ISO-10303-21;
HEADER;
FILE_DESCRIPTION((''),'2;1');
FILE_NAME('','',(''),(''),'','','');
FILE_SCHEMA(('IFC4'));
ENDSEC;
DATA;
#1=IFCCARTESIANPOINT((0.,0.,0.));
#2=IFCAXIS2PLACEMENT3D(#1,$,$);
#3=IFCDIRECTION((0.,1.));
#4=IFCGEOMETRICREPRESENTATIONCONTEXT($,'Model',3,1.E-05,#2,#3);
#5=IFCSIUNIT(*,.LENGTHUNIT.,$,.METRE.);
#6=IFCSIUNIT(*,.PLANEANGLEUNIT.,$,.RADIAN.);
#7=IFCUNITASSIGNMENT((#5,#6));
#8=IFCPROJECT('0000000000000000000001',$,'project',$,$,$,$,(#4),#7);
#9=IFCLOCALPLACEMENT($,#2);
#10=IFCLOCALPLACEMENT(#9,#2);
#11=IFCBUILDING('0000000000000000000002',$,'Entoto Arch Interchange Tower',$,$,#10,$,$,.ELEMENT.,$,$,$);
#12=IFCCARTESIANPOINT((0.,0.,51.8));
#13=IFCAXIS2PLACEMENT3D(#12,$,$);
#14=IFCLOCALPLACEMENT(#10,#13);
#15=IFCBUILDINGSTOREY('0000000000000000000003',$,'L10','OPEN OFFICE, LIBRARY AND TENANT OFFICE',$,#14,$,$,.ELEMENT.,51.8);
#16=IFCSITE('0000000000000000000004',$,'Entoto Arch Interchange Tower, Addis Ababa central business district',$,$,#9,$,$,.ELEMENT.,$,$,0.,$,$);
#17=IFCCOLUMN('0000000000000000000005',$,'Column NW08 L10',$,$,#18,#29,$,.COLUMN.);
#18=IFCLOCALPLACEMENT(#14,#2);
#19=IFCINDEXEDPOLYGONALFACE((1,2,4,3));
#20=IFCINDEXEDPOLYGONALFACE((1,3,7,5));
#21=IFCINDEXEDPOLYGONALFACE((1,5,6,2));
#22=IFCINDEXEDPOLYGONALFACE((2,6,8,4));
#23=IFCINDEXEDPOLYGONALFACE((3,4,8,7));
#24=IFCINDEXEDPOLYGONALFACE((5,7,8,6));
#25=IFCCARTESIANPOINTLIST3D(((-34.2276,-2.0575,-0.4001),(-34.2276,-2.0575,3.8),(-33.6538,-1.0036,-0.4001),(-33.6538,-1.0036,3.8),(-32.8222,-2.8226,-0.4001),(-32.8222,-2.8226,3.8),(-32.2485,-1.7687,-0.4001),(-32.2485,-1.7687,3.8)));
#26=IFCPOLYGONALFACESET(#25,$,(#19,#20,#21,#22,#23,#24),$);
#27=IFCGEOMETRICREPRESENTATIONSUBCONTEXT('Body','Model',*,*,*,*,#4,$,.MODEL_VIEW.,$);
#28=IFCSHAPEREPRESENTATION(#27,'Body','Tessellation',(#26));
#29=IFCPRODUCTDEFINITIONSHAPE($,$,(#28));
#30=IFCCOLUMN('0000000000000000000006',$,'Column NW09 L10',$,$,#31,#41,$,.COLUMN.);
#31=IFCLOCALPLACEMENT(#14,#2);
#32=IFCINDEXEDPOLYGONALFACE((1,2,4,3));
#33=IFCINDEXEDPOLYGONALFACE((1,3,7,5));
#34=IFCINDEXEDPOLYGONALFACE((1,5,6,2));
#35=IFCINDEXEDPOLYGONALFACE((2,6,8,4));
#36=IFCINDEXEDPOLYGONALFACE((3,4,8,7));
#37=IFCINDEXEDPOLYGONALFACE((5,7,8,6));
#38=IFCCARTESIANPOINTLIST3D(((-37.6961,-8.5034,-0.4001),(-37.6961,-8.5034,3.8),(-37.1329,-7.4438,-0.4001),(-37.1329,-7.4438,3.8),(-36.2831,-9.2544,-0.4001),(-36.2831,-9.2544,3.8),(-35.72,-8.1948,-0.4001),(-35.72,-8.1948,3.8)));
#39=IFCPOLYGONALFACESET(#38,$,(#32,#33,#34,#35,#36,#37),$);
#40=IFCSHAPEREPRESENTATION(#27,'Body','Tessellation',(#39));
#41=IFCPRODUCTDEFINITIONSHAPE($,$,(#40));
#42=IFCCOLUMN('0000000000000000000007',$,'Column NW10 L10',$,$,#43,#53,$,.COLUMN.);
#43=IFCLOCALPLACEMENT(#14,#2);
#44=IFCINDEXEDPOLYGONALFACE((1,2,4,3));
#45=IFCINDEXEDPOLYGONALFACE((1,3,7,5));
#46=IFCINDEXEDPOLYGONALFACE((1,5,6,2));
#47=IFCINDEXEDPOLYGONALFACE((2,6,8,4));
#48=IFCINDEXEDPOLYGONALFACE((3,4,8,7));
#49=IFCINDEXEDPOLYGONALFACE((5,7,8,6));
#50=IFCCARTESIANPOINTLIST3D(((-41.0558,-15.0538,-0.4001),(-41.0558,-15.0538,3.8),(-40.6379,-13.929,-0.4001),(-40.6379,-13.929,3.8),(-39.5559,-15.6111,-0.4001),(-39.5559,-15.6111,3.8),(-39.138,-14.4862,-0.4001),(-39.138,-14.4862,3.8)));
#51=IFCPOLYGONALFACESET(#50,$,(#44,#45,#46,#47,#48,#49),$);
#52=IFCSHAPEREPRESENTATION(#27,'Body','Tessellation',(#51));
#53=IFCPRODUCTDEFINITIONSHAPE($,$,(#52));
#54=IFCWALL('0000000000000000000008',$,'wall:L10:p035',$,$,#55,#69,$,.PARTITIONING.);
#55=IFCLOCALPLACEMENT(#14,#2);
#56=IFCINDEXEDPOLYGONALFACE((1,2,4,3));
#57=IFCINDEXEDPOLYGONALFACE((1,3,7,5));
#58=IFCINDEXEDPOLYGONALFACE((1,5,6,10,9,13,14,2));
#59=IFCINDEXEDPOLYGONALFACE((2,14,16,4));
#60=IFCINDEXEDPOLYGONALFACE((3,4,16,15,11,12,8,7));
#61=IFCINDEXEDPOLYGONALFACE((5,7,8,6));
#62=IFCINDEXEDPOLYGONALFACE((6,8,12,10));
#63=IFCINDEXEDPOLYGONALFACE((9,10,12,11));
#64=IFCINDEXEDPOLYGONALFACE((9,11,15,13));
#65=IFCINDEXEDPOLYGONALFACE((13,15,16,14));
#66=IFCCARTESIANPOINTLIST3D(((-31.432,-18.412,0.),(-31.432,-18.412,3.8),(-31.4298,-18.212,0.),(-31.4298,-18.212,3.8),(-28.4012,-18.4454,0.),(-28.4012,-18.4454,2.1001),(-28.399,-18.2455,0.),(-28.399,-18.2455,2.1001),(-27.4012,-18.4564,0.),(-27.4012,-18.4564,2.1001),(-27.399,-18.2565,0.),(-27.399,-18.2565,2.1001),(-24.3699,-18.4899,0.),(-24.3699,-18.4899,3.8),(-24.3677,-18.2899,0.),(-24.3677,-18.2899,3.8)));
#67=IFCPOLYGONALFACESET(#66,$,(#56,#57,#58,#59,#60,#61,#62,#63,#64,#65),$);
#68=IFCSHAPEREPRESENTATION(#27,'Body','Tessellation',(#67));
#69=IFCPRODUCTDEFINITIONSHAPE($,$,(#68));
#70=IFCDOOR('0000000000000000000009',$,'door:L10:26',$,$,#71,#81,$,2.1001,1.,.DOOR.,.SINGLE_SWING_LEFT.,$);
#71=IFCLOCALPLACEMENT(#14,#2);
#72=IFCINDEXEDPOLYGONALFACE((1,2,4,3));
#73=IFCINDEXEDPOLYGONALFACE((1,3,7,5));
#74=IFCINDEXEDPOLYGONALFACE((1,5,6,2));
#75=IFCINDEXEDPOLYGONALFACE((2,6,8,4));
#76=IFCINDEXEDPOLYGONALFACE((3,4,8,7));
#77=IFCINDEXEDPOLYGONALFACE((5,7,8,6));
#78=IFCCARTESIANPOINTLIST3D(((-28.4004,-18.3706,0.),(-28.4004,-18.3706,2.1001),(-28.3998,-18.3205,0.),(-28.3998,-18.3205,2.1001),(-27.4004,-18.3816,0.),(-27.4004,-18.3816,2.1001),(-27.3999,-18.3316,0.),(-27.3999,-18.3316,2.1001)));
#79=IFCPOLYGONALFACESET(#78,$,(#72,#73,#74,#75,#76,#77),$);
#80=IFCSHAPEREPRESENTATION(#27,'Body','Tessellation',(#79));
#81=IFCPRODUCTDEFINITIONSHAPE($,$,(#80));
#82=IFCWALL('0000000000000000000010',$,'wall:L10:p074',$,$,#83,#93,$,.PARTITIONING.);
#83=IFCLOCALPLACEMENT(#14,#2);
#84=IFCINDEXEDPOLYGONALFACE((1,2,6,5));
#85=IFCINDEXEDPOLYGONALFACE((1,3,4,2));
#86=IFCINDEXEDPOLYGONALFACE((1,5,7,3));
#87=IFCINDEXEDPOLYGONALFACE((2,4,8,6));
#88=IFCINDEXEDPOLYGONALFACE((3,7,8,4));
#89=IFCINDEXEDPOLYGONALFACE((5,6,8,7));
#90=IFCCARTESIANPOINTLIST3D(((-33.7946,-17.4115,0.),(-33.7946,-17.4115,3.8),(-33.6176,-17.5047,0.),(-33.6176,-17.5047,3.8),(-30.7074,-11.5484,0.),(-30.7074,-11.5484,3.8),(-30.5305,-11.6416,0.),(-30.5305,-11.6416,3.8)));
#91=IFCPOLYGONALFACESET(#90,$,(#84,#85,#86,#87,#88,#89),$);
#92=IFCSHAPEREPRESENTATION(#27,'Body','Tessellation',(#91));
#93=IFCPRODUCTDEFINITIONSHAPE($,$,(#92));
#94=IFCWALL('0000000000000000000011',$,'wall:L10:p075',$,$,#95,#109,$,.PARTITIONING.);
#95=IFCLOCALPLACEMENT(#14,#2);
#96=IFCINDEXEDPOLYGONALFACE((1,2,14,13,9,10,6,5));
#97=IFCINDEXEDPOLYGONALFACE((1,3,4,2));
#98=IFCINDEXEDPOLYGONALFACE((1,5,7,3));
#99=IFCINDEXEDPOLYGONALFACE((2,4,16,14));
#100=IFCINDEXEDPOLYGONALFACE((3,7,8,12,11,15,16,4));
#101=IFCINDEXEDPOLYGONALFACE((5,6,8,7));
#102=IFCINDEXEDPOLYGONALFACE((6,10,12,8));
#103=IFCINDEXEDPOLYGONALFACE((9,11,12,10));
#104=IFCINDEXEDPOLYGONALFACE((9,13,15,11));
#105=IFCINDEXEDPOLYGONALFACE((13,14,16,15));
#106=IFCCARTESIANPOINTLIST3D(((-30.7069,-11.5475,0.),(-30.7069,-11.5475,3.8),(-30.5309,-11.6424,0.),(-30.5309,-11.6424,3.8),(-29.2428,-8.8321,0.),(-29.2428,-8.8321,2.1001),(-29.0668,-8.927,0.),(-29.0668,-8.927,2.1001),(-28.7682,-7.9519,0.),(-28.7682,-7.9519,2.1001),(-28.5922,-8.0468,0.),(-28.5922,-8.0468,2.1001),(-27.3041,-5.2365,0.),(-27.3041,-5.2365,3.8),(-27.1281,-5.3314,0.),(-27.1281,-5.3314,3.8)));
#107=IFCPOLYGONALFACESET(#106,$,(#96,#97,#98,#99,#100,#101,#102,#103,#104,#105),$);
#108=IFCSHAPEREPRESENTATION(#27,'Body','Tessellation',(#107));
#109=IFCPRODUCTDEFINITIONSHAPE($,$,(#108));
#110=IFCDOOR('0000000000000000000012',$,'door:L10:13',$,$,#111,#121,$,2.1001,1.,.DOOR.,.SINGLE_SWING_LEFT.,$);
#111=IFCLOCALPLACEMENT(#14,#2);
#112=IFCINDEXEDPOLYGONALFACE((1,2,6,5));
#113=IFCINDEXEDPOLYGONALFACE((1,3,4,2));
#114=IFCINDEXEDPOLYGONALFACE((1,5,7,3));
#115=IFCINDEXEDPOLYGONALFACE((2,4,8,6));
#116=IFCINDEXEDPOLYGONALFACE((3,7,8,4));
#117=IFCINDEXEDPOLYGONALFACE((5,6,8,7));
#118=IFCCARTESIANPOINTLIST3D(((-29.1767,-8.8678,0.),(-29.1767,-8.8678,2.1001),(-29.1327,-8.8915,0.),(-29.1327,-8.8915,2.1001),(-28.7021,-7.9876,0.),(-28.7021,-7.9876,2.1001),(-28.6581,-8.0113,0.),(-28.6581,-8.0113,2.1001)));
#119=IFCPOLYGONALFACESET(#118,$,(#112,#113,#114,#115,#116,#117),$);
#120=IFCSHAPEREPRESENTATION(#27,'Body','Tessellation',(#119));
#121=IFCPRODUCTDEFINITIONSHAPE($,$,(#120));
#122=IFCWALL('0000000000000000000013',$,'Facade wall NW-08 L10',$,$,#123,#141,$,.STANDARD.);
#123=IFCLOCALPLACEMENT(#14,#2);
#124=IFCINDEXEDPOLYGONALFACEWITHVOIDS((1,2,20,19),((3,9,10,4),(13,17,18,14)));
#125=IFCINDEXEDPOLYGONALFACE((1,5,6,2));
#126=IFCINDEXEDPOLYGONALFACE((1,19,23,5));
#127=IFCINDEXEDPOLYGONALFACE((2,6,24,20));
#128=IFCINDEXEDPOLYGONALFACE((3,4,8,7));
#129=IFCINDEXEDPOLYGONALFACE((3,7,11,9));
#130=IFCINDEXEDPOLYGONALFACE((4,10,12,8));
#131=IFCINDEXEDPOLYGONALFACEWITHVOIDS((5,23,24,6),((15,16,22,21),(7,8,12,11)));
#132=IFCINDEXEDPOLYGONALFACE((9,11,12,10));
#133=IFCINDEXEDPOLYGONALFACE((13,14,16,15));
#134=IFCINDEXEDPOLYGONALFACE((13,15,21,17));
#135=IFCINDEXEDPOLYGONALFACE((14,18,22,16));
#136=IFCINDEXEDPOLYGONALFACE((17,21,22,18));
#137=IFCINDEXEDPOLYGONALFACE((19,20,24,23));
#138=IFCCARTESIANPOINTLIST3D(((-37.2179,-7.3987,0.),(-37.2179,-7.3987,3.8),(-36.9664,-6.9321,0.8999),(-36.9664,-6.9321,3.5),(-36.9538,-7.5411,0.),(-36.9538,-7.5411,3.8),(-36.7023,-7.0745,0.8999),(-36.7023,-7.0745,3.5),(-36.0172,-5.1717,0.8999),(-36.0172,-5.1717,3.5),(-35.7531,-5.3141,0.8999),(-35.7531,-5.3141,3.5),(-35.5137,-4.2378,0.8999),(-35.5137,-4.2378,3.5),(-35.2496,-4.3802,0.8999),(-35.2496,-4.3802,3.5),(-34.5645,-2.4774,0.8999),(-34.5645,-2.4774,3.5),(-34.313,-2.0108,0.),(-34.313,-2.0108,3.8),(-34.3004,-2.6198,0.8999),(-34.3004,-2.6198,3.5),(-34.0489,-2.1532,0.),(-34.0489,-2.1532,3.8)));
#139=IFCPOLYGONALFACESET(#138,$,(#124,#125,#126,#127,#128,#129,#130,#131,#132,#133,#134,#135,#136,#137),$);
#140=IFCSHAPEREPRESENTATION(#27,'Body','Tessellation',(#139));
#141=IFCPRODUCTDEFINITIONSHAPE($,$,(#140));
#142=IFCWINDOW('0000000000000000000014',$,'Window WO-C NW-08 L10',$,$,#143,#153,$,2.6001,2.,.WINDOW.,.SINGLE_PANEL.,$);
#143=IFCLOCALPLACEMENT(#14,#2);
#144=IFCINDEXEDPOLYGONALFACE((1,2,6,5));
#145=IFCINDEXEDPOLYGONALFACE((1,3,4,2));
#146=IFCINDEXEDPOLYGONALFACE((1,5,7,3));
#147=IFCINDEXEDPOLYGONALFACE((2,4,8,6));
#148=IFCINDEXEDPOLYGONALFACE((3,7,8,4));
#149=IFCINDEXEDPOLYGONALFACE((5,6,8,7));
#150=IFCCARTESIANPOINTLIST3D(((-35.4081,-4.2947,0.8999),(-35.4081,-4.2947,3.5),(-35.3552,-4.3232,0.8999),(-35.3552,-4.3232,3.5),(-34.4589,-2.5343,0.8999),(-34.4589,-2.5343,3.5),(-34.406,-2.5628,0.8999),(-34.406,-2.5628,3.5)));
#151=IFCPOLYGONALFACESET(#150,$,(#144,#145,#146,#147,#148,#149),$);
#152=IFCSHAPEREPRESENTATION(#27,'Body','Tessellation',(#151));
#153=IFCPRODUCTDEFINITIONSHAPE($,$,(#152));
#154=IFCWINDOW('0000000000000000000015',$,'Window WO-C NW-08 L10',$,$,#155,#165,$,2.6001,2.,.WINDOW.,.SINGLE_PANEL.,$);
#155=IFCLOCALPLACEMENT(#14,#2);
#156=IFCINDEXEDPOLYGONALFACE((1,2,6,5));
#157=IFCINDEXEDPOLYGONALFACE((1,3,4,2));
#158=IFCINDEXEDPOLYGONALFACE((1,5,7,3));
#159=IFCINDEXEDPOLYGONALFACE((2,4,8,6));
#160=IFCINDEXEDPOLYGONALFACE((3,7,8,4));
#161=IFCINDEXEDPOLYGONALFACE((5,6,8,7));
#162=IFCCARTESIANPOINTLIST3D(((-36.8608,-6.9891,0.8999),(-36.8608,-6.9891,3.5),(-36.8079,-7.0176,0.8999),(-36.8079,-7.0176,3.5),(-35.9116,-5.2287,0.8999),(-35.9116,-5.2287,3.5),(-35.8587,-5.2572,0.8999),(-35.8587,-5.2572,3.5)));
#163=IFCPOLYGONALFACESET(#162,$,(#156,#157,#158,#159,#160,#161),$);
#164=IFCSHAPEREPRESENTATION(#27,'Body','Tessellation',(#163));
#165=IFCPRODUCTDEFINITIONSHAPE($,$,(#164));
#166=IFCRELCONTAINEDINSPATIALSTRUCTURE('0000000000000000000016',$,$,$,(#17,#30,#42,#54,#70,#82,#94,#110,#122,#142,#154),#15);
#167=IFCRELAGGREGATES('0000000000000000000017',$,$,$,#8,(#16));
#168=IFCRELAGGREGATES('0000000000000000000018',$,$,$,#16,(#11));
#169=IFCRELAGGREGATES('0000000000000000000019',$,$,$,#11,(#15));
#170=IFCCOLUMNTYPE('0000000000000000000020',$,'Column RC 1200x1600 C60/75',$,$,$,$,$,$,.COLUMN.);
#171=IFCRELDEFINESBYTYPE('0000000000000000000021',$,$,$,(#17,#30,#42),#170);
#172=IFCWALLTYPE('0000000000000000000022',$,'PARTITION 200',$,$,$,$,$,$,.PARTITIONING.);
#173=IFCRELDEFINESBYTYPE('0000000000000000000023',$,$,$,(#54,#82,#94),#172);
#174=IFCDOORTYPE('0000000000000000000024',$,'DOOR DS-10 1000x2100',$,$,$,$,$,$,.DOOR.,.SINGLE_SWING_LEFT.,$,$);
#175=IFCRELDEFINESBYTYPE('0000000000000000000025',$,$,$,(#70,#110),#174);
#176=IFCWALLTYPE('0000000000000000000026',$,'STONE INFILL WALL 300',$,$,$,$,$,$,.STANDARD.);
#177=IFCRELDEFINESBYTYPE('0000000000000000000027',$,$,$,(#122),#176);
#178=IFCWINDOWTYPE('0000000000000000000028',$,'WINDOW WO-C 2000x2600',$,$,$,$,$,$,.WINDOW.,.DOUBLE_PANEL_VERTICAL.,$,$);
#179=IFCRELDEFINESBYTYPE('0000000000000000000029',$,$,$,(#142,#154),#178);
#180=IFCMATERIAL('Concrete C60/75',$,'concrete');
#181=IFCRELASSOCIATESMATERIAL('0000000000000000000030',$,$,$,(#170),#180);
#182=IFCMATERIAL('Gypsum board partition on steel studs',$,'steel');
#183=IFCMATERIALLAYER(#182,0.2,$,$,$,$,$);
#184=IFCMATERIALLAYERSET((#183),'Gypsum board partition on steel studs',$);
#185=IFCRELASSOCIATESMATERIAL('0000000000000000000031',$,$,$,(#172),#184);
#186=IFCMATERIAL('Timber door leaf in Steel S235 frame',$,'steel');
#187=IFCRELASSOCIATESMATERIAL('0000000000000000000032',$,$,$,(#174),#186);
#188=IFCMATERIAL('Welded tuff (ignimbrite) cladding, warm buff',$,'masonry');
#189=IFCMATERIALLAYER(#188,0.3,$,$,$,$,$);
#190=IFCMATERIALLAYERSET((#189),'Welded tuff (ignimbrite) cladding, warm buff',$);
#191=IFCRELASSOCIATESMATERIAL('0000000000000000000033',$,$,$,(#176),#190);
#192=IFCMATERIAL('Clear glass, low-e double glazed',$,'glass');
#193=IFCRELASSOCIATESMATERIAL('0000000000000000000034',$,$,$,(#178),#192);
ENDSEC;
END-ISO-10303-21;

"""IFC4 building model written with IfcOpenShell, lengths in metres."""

from ifc_helpers import new_model, si_unit, direction, frame, frame_2d, origin, origin_2d, place, context, subcontext, project, spatial, rectangle, extrude, material, layer, layer_set, material_profile, profile_set, type_object, element, fill, save


model = new_model("IFC4")

# Units and contexts
model_context = context("Model", 3, precision=1e-05, world=origin(), true_north=direction((0.0, 1.0)))
body_context = subcontext(model_context, "Body", "Model", "MODEL_VIEW")
ifc_project = project(units=[si_unit("LENGTHUNIT", "METRE"), si_unit("PLANEANGLEUNIT", "RADIAN")], contexts=[model_context])

# Site, building, storey
site_placement = place(None, origin())
site = spatial("IfcSite", under=ifc_project, at=site_placement, Name="Entoto Arch Interchange Tower, Addis Ababa central business district", CompositionType="ELEMENT", RefElevation=0.0)
building_placement = place(site_placement, origin())
building = spatial("IfcBuilding", under=site, at=building_placement, Name="Entoto Arch Interchange Tower", CompositionType="ELEMENT")
storey_placement = place(building_placement, frame((0.0, 0.0, 51.8)))
storey = spatial("IfcBuildingStorey", under=building, at=storey_placement, Name="L10", Description="OPEN OFFICE, LIBRARY AND TENANT OFFICE", CompositionType="ELEMENT", Elevation=51.8)

# Columns
ifc_material_1 = material(Name="Concrete C60/75", Category="concrete")
ifc_material_profile = material_profile(ifc_material_1, rectangle(XDim=1.2, YDim=1.6001, at=origin_2d()))
ifc_profile_set = profile_set([ifc_material_profile], Name="Concrete C60/75")
column_type = type_object("IfcColumnType", Name="Column RC 1200x1600 C60/75", PredefinedType="COLUMN", material=ifc_profile_set)
for number, where, z_axis, x_axis, name in (
    (1, (-33.238, -1.9131, -0.4001), (0.0, 0.0, 1.0), (0.47814, 0.878284, 0.0), "Column NW08 L10"),
    (2, (-36.708, -8.3491, -0.4001), (0.0, 0.0, 1.0), (0.469317, 0.88303, 0.0), "Column NW09 L10"),
    (3, (-40.0969, -14.77, -0.4001), (0.0, 0.0, 1.0), (0.348278, 0.937391, 0.0), "Column NW10 L10"),
):
    element("IfcColumn", number, at=place(storey_placement, frame(where, z_axis=z_axis, x_axis=x_axis)), inside=storey, type_object=column_type, Name=name, PredefinedType="COLUMN", context=body_context, shape_type="SweptSolid", body=[
        extrude(rectangle(XDim=1.2, YDim=1.6001, at=origin_2d()), origin(), (0.0, 0.0, 1.0), 4.2002),
    ])

# Wall, opening, door
ifc_material_2 = material(Name="Gypsum board partition on steel studs", Category="steel")
ifc_layer_1 = layer(ifc_material_2, 0.2)
ifc_layer_set_1 = layer_set([ifc_layer_1], Name="Gypsum board partition on steel studs")
wall_type_1 = type_object("IfcWallType", Name="PARTITION 200", PredefinedType="PARTITIONING", material=ifc_layer_set_1)
wall_1_placement = place(storey_placement, frame((-31.4309, -18.312, 0.0), z_axis=(0.0, 0.0, 1.0), x_axis=(0.999939, -0.011027, 0.0)))
wall_1 = element("IfcWall", 4, at=wall_1_placement, inside=storey, type_object=wall_type_1, Name="wall:L10:p035", PredefinedType="PARTITIONING", context=body_context, shape_type="SweptSolid", body=[
    extrude(rectangle(XDim=7.0625, YDim=0.2, at=frame_2d((3.5312, 0.0))), origin(), (0.0, 0.0, 1.0), 3.8),
])
opening_1_placement = place(wall_1_placement, frame((3.031, 0.0, 0.0)))
opening_1 = element("IfcOpeningElement", 5, at=opening_1_placement, cuts=wall_1, PredefinedType="OPENING", context=body_context, shape_type="SweptSolid", body=[
    extrude(rectangle(XDim=1.0, YDim=2.1001, at=frame_2d((0.5, 1.05))), frame((0.0, 0.1099, 0.0), z_axis=(0.0, -1.0, 0.0), x_axis=(1.0, 0.0, 0.0)), (0.0, 0.0, 1.0), 0.22),
])
ifc_material_3 = material(Name="Timber door leaf in Steel S235 frame", Category="steel")
door_type = type_object("IfcDoorType", Name="DOOR DS-10 1000x2100", OperationType="SINGLE_SWING_LEFT", PredefinedType="DOOR", material=ifc_material_3)
door_1_placement = place(opening_1_placement, origin())
door_1 = element("IfcDoor", 6, at=door_1_placement, inside=storey, type_object=door_type, Name="door:L10:26", OperationType="SINGLE_SWING_LEFT", OverallHeight=2.1001, OverallWidth=1.0, PredefinedType="DOOR", context=body_context, shape_type="SweptSolid", body=[
    extrude(rectangle(XDim=1.0, YDim=2.1001, at=frame_2d((0.5, 1.05))), frame((0.0, 0.0249, 0.0), z_axis=(0.0, -1.0, 0.0), x_axis=(1.0, 0.0, 0.0)), (0.0, 0.0, 1.0), 0.05),
])
fill(opening_1, door_1)

# Wall
wall_2_placement = place(storey_placement, frame((-33.7061, -17.458, 0.0), z_axis=(0.0, 0.0, 1.0), x_axis=(0.465906, 0.884834, 0.0)))
element("IfcWall", 7, at=wall_2_placement, inside=storey, type_object=wall_type_1, Name="wall:L10:p074", PredefinedType="PARTITIONING", context=body_context, shape_type="SweptSolid", body=[
    extrude(rectangle(XDim=6.6262, YDim=0.2, at=frame_2d((3.313, 0.0))), origin(), (0.0, 0.0, 1.0), 3.8),
])

# Wall, opening, door
wall_3_placement = place(storey_placement, frame((-30.6189, -11.595, 0.0), z_axis=(0.0, 0.0, 1.0), x_axis=(0.474595, 0.880204, 0.0)))
wall_3 = element("IfcWall", 8, at=wall_3_placement, inside=storey, type_object=wall_type_1, Name="wall:L10:p075", PredefinedType="PARTITIONING", context=body_context, shape_type="SweptSolid", body=[
    extrude(rectangle(XDim=7.1699, YDim=0.2, at=frame_2d((3.585, 0.0))), origin(), (0.0, 0.0, 1.0), 3.8),
])
opening_2_placement = place(wall_3_placement, frame((3.085, 0.0, 0.0)))
opening_2 = element("IfcOpeningElement", 9, at=opening_2_placement, cuts=wall_3, PredefinedType="OPENING", context=body_context, shape_type="SweptSolid", body=[
    extrude(rectangle(XDim=1.0, YDim=2.1001, at=frame_2d((0.5, 1.05))), frame((0.0, 0.1099, 0.0), z_axis=(0.0, -1.0, 0.0), x_axis=(1.0, 0.0, 0.0)), (0.0, 0.0, 1.0), 0.22),
])
door_2_placement = place(opening_2_placement, origin())
door_2 = element("IfcDoor", 10, at=door_2_placement, inside=storey, type_object=door_type, Name="door:L10:13", OperationType="SINGLE_SWING_LEFT", OverallHeight=2.1001, OverallWidth=1.0, PredefinedType="DOOR", context=body_context, shape_type="SweptSolid", body=[
    extrude(rectangle(XDim=1.0, YDim=2.1001, at=frame_2d((0.5, 1.05))), frame((0.0, 0.0249, 0.0), z_axis=(0.0, -1.0, 0.0), x_axis=(1.0, 0.0, 0.0)), (0.0, 0.0, 1.0), 0.05),
])
fill(opening_2, door_2)

# Wall, openings, windows
ifc_material_4 = material(Name="Welded tuff (ignimbrite) cladding, warm buff", Category="masonry")
ifc_layer_2 = layer(ifc_material_4, 0.3)
ifc_layer_set_2 = layer_set([ifc_layer_2], Name="Welded tuff (ignimbrite) cladding, warm buff")
wall_type_2 = type_object("IfcWallType", Name="STONE INFILL WALL 300", PredefinedType="STANDARD", material=ifc_layer_set_2)
wall_4_placement = place(storey_placement, frame((-34.1809, -2.082, 0.0), z_axis=(0.0, 0.0, 1.0), x_axis=(-0.474585, -0.88021, 0.0)))
wall_4 = element("IfcWall", 11, at=wall_4_placement, inside=storey, type_object=wall_type_2, Name="Facade wall NW-08 L10", PredefinedType="STANDARD", context=body_context, shape_type="SweptSolid", body=[
    extrude(rectangle(XDim=6.1211, YDim=0.3, at=frame_2d((3.0605, 0.0))), origin(), (0.0, 0.0, 1.0), 3.8),
])
opening_3_placement = place(wall_4_placement, frame((0.53, 0.0, 0.8999)))
opening_3 = element("IfcOpeningElement", 12, at=opening_3_placement, cuts=wall_4, PredefinedType="OPENING", context=body_context, shape_type="SweptSolid", body=[
    extrude(rectangle(XDim=2.0, YDim=2.6001, at=frame_2d((1.0, 1.3))), frame((0.0, 0.1602, 0.0), z_axis=(0.0, -1.0, 0.0), x_axis=(1.0, 0.0, 0.0)), (0.0, 0.0, 1.0), 0.3201),
])
opening_4_placement = place(wall_4_placement, frame((3.5911, 0.0, 0.8999)))
opening_4 = element("IfcOpeningElement", 13, at=opening_4_placement, cuts=wall_4, PredefinedType="OPENING", context=body_context, shape_type="SweptSolid", body=[
    extrude(rectangle(XDim=2.0, YDim=2.6001, at=frame_2d((1.0, 1.3))), frame((0.0, 0.1602, 0.0), z_axis=(0.0, -1.0, 0.0), x_axis=(1.0, 0.0, 0.0)), (0.0, 0.0, 1.0), 0.3201),
])
ifc_material_5 = material(Name="Clear glass, low-e double glazed", Category="glass")
window_type_1 = type_object("IfcWindowType", Name="WINDOW WO-C 2000x2600", PartitioningType="DOUBLE_PANEL_VERTICAL", PredefinedType="WINDOW", material=ifc_material_5)
window_1_placement = place(opening_3_placement, origin())
window_1 = element("IfcWindow", 14, at=window_1_placement, inside=storey, type_object=window_type_1, Name="Window WO-C NW-08 L10", OverallHeight=2.6001, OverallWidth=2.0, PartitioningType="SINGLE_PANEL", PredefinedType="WINDOW", context=body_context, shape_type="SweptSolid", body=[
    extrude(rectangle(XDim=2.0, YDim=2.6001, at=frame_2d((1.0, 1.3))), frame((0.0, 0.03, 0.0), z_axis=(0.0, -1.0, 0.0), x_axis=(1.0, 0.0, 0.0)), (0.0, 0.0, 1.0), 0.0601),
])
fill(opening_3, window_1)
window_2_placement = place(opening_4_placement, origin())
window_2 = element("IfcWindow", 15, at=window_2_placement, inside=storey, type_object=window_type_1, Name="Window WO-C NW-08 L10", OverallHeight=2.6001, OverallWidth=2.0, PartitioningType="SINGLE_PANEL", PredefinedType="WINDOW", context=body_context, shape_type="SweptSolid", body=[
    extrude(rectangle(XDim=2.0, YDim=2.6001, at=frame_2d((1.0, 1.3))), frame((0.0, 0.03, 0.0), z_axis=(0.0, -1.0, 0.0), x_axis=(1.0, 0.0, 0.0)), (0.0, 0.0, 1.0), 0.0601),
])
fill(opening_4, window_2)

save(model, "model.ifc")
